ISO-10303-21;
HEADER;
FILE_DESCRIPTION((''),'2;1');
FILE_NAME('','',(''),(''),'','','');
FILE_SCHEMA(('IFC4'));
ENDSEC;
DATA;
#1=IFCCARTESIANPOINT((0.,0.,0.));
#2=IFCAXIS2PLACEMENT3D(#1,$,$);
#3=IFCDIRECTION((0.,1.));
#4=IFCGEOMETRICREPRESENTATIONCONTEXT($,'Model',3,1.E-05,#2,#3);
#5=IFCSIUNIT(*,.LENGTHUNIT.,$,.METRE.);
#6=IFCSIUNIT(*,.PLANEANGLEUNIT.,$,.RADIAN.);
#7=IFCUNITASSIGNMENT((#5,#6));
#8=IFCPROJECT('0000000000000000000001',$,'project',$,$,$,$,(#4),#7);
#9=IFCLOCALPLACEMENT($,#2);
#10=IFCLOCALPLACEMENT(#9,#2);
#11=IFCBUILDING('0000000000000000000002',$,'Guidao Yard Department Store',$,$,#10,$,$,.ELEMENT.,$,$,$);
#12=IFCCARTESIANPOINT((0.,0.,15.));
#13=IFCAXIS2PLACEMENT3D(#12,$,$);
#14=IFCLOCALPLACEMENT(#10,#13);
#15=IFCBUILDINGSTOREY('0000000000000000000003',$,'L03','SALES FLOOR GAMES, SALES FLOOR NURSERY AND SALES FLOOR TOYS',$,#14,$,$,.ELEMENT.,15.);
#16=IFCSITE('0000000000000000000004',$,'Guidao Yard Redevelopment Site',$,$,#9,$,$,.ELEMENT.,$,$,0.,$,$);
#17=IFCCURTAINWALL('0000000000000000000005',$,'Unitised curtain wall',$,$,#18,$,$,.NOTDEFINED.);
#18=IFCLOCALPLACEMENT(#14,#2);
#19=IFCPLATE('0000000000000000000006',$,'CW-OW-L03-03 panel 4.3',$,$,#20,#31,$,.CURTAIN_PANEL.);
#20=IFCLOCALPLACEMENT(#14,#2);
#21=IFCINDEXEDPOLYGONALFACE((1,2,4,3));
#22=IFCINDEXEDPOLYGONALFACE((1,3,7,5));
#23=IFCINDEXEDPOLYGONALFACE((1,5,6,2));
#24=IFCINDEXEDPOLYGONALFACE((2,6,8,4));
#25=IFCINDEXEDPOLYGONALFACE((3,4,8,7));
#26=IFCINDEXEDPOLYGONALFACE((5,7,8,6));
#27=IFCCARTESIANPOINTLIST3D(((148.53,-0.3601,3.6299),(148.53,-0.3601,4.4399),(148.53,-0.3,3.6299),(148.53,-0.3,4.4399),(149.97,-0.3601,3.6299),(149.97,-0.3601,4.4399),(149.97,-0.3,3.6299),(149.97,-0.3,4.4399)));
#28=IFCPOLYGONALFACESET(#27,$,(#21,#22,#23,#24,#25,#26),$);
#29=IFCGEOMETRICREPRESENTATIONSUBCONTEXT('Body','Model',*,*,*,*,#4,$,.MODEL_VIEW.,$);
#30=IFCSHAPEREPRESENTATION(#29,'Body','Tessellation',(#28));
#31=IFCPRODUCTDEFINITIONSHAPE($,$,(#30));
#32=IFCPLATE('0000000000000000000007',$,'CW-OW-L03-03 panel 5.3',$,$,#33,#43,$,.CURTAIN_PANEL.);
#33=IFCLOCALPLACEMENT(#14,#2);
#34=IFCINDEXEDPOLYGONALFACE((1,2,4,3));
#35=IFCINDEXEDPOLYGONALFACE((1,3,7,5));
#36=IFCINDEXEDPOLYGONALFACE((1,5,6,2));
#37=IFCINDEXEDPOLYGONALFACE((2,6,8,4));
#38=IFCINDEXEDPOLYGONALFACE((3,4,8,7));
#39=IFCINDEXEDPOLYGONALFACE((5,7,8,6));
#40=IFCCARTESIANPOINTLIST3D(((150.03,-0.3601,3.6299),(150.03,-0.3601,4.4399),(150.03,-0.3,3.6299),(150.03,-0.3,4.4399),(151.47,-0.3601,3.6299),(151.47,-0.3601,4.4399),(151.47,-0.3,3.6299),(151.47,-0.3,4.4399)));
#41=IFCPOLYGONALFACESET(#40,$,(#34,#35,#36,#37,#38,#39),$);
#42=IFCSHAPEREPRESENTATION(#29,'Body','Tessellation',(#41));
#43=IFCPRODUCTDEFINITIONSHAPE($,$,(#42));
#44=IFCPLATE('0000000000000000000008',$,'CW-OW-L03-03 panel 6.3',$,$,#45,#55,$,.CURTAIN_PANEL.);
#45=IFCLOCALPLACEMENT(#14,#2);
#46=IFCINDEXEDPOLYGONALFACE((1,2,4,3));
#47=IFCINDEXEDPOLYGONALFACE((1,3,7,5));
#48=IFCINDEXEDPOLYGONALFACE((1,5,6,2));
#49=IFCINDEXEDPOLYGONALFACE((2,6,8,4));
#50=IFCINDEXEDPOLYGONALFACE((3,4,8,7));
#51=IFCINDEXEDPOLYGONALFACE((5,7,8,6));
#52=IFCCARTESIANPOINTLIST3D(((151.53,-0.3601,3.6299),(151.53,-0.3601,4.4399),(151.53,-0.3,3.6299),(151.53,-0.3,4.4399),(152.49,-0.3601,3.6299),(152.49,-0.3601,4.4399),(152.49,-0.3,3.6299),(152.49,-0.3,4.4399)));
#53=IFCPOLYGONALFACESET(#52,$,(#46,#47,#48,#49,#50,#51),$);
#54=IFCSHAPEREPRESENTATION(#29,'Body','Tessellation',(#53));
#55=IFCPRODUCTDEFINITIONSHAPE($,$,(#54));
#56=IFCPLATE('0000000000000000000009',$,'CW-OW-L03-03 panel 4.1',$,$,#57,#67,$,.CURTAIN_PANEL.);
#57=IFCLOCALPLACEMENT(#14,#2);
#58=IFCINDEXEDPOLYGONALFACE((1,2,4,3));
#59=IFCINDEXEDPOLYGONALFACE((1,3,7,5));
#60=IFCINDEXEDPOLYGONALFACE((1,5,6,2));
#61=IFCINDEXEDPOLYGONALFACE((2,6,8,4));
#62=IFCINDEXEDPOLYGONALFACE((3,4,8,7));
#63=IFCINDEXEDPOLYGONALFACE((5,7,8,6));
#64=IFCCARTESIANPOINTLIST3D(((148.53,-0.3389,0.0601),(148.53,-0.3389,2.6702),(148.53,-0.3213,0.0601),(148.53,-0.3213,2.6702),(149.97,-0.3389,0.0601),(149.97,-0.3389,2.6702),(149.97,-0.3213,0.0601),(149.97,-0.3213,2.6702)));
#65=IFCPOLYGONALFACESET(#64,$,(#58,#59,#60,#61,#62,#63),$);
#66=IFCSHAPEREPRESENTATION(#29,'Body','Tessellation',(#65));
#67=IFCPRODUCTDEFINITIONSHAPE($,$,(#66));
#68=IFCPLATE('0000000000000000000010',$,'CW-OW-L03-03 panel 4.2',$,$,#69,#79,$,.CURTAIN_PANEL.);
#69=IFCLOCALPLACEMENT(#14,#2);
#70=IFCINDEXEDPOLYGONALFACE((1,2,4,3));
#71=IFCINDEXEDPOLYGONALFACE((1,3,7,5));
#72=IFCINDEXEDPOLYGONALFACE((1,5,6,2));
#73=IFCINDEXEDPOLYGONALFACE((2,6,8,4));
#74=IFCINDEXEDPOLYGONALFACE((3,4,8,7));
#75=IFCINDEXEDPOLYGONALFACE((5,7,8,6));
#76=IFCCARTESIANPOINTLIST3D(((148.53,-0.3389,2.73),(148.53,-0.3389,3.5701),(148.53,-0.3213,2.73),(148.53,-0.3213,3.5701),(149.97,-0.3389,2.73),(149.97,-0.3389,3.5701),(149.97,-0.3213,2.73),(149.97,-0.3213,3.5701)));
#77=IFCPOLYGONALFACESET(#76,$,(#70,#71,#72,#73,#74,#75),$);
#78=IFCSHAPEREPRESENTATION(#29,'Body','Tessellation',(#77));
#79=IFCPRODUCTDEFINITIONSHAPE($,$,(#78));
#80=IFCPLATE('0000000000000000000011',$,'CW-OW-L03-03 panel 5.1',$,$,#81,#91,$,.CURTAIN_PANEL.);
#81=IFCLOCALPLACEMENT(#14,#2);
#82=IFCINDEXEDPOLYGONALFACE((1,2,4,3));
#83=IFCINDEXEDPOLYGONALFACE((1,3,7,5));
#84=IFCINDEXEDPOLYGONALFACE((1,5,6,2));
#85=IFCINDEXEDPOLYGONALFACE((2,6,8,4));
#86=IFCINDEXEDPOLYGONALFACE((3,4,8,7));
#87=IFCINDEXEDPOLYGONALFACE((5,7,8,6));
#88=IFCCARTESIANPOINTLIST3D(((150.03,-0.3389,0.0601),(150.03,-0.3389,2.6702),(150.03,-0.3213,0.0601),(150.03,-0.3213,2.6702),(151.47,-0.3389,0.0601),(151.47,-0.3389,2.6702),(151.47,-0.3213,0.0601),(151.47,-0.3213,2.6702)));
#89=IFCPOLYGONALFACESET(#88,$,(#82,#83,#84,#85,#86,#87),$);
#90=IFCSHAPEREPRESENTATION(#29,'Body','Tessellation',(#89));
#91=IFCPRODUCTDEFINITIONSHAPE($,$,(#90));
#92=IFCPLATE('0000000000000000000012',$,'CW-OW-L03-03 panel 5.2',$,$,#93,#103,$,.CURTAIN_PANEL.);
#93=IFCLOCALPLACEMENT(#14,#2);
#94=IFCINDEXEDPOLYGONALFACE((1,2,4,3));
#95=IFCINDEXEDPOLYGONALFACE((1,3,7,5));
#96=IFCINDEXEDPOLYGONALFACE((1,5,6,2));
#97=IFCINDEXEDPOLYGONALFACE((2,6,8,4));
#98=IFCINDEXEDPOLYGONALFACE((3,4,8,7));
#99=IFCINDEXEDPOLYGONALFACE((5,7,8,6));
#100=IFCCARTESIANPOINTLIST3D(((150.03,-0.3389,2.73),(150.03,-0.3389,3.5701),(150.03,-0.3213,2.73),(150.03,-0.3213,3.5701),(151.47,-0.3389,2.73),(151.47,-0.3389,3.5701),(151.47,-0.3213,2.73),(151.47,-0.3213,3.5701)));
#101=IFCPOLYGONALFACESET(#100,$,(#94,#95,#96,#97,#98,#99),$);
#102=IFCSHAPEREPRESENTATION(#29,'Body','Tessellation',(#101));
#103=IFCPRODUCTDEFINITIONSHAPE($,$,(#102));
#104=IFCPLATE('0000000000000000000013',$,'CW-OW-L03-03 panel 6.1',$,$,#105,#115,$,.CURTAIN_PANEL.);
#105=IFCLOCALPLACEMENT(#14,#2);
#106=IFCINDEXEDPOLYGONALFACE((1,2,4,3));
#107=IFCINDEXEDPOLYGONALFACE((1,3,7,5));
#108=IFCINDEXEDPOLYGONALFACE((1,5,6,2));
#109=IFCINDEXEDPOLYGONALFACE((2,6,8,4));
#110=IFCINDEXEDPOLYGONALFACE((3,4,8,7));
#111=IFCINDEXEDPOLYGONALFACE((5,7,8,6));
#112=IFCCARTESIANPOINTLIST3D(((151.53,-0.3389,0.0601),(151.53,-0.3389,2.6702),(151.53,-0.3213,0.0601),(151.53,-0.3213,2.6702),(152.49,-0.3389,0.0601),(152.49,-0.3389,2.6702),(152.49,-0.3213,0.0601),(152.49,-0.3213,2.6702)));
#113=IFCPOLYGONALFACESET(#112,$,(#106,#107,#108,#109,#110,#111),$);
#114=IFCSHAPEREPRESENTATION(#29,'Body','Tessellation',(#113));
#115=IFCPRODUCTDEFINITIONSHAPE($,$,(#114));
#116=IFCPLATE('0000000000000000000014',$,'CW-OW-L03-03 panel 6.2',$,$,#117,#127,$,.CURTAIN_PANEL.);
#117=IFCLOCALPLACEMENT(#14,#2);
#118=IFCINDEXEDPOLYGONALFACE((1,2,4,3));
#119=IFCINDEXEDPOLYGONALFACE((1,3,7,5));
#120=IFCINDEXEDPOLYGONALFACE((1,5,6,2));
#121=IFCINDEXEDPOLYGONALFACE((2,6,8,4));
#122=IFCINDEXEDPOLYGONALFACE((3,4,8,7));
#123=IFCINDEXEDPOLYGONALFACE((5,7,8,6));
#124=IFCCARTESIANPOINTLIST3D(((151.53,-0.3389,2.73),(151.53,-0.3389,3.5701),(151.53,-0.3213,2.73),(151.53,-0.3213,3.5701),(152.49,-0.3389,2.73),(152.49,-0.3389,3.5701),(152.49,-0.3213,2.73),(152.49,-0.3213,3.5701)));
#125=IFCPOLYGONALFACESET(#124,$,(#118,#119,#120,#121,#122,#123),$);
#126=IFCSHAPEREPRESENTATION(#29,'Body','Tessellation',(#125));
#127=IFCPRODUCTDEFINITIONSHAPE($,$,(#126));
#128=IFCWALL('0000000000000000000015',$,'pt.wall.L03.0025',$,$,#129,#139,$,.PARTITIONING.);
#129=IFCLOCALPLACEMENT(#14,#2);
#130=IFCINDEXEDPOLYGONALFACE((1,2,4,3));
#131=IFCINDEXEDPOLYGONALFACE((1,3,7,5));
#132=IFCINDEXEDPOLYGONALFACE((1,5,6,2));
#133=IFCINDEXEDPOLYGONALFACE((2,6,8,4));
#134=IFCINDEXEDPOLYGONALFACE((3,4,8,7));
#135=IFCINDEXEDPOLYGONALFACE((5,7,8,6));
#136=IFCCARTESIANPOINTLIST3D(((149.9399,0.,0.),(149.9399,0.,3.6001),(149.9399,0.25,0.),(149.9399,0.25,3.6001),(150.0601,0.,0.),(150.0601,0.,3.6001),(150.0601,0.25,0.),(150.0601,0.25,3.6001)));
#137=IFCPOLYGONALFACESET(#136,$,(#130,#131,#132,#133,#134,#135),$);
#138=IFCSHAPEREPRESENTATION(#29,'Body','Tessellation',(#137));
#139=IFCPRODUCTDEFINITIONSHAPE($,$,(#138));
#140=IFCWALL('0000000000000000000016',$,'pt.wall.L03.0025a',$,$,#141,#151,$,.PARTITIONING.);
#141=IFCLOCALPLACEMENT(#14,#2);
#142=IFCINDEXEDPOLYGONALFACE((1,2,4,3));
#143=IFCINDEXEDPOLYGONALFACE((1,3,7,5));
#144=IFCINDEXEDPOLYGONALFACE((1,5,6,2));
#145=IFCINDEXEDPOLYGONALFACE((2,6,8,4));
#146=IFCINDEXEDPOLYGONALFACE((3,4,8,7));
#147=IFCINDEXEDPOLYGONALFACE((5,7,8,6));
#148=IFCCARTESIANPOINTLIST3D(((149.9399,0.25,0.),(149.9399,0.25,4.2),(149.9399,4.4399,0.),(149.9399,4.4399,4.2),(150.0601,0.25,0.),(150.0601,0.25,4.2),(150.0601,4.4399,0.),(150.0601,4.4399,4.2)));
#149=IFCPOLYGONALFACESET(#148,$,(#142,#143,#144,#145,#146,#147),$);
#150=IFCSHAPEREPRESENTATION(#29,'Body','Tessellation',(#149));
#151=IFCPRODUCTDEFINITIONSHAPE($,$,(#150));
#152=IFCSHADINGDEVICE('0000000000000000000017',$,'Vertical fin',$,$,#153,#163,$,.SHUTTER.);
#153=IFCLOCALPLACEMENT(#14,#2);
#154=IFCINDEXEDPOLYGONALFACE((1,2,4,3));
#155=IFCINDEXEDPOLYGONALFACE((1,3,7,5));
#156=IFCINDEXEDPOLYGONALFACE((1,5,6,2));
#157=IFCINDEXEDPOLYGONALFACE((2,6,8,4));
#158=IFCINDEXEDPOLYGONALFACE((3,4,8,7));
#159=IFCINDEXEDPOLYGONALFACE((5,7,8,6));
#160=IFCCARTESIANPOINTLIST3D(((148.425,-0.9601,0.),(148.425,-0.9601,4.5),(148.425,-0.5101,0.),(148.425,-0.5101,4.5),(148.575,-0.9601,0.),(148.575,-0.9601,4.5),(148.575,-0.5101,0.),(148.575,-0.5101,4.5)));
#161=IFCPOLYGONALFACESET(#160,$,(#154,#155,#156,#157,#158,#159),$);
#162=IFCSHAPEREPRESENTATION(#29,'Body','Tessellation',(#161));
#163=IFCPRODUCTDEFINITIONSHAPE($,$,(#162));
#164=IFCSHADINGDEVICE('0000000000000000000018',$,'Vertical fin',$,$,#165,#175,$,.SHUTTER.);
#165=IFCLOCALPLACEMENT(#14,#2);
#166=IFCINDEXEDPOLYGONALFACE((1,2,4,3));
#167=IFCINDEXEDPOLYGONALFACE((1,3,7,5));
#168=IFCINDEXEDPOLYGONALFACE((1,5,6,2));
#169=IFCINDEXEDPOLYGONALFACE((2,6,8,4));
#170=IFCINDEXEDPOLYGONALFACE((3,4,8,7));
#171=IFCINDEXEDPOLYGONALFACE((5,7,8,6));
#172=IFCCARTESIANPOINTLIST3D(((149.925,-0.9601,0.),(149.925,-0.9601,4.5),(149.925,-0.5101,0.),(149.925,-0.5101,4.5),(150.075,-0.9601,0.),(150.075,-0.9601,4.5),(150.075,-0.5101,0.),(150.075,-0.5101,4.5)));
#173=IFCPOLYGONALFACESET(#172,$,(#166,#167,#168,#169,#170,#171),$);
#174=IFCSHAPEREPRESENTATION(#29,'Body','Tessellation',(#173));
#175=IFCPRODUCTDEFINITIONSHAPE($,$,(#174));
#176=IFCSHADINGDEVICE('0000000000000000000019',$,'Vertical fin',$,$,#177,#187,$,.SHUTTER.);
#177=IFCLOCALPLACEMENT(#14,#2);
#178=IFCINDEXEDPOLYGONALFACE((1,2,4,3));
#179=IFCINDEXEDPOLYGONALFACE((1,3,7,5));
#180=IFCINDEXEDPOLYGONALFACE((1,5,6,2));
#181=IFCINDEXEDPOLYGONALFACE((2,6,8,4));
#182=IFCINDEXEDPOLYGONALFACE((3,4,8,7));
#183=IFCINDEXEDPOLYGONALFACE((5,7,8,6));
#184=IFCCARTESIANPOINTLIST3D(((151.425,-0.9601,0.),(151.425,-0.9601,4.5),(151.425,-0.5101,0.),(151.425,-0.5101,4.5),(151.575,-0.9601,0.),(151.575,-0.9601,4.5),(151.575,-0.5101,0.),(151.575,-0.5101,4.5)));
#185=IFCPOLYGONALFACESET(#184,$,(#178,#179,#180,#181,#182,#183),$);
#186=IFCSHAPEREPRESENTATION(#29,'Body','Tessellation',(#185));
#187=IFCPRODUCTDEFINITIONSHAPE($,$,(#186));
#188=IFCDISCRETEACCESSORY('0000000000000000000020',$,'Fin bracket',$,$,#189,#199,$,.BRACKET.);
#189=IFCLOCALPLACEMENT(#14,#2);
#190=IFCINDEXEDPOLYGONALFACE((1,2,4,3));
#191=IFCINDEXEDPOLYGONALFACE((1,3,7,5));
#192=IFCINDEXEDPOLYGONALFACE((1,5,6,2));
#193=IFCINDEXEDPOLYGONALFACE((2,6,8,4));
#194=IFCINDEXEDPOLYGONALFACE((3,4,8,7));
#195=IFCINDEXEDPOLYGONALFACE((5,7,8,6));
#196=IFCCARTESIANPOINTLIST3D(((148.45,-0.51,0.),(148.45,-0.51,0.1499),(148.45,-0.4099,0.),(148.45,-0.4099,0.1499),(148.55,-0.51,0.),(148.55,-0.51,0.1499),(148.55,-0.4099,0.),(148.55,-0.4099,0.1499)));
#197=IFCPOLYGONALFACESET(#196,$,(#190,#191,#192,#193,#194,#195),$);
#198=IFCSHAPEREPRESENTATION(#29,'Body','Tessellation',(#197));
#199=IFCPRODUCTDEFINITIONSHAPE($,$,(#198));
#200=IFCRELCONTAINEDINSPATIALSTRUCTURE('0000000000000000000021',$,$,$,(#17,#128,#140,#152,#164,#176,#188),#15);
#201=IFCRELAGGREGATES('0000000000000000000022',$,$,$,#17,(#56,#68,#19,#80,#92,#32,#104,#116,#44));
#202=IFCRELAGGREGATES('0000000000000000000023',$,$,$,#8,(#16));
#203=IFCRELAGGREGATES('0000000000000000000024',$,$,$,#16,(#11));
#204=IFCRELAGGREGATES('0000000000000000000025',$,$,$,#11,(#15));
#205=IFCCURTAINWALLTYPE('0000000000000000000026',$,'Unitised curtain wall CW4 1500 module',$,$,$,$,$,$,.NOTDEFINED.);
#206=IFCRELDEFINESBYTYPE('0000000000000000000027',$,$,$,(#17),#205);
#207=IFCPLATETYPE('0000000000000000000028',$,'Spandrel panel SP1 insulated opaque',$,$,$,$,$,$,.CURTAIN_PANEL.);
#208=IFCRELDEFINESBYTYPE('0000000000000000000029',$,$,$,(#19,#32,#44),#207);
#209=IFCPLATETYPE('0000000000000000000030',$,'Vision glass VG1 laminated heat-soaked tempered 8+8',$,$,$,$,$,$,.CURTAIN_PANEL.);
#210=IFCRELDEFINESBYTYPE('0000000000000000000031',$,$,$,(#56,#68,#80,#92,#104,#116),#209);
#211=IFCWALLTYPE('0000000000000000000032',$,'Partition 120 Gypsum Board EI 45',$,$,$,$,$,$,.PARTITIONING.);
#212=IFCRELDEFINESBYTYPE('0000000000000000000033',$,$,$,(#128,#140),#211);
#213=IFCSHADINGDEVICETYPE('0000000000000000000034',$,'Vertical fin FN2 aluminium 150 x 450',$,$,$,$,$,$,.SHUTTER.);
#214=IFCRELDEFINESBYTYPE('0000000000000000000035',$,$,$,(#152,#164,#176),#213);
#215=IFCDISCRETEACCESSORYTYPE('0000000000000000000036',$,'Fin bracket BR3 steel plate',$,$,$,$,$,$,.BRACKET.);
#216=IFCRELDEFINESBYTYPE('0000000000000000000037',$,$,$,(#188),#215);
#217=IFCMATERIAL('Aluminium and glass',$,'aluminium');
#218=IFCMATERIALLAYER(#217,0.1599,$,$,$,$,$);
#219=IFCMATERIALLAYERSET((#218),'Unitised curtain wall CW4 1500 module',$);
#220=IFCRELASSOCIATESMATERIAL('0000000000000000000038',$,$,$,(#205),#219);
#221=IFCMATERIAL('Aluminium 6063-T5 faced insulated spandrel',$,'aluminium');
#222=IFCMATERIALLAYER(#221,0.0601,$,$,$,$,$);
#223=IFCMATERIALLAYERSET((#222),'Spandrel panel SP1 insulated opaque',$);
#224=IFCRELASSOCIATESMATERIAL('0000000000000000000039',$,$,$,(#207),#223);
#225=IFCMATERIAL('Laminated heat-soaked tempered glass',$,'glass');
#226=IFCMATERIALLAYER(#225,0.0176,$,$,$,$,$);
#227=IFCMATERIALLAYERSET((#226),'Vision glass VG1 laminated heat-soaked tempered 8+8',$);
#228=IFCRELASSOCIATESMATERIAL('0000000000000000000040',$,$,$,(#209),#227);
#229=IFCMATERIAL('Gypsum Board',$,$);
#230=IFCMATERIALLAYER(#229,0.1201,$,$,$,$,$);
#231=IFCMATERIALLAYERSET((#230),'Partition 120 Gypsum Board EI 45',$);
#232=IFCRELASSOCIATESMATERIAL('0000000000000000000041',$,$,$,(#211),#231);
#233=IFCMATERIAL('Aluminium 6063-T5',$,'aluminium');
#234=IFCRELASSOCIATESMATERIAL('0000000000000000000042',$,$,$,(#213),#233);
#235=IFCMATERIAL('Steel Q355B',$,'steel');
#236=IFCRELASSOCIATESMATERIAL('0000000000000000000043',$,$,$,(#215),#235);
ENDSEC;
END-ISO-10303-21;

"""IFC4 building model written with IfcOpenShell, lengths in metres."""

from ifc_helpers import new_model, si_unit, direction, frame, frame_2d, origin, origin_2d, place, context, subcontext, project, spatial, rectangle, extrude, material, layer, layer_set, type_object, element, aggregate, save


model = new_model("IFC4")

# Units and contexts
model_context = context("Model", 3, precision=1e-05, world=origin(), true_north=direction((0.0, 1.0)))
body_context = subcontext(model_context, "Body", "Model", "MODEL_VIEW")
ifc_project = project(units=[si_unit("LENGTHUNIT", "METRE"), si_unit("PLANEANGLEUNIT", "RADIAN")], contexts=[model_context])

# Site, building, storey
site_placement = place(None, origin())
site = spatial("IfcSite", under=ifc_project, at=site_placement, Name="Guidao Yard Redevelopment Site", CompositionType="ELEMENT", RefElevation=0.0)
building_placement = place(site_placement, origin())
building = spatial("IfcBuilding", under=site, at=building_placement, Name="Guidao Yard Department Store", CompositionType="ELEMENT")
storey_placement = place(building_placement, frame((0.0, 0.0, 15.0)))
storey = spatial("IfcBuildingStorey", under=building, at=storey_placement, Name="L03", Description="SALES FLOOR GAMES, SALES FLOOR NURSERY AND SALES FLOOR TOYS", CompositionType="ELEMENT", Elevation=15.0)

# Curtain wall, plates
ifc_material_1 = material(Name="Aluminium and glass", Category="aluminium")
ifc_layer_1 = layer(ifc_material_1, 0.1599)
ifc_layer_set_1 = layer_set([ifc_layer_1], Name="Unitised curtain wall CW4 1500 module")
curtain_wall_type = type_object("IfcCurtainWallType", Name="Unitised curtain wall CW4 1500 module", PredefinedType="NOTDEFINED", material=ifc_layer_set_1)
curtain_wall_placement = place(storey_placement, origin())
curtain_wall = element("IfcCurtainWall", 1, at=curtain_wall_placement, inside=storey, type_object=curtain_wall_type, Name="Unitised curtain wall", PredefinedType="NOTDEFINED")
ifc_material_2 = material(Name="Aluminium 6063-T5 faced insulated spandrel", Category="aluminium")
ifc_layer_2 = layer(ifc_material_2, 0.0601)
ifc_layer_set_2 = layer_set([ifc_layer_2], Name="Spandrel panel SP1 insulated opaque")
plate_type_1 = type_object("IfcPlateType", Name="Spandrel panel SP1 insulated opaque", PredefinedType="CURTAIN_PANEL", material=ifc_layer_set_2)
plate_1_placement = place(storey_placement, frame((149.25, -0.3301, 3.6299), z_axis=(0.0, 0.0, 1.0), x_axis=(-1.0, 0.0, 0.0)))
plate_1 = element("IfcPlate", 2, at=plate_1_placement, type_object=plate_type_1, Name="CW-OW-L03-03 panel 4.3", PredefinedType="CURTAIN_PANEL", context=body_context, shape_type="SweptSolid", body=[
    extrude(rectangle(XDim=1.4399, YDim=0.0601, at=origin_2d()), origin(), (0.0, 0.0, 1.0), 0.8101),
])
plate_2_placement = place(storey_placement, frame((150.75, -0.3301, 3.6299), z_axis=(0.0, 0.0, 1.0), x_axis=(-1.0, 0.0, 0.0)))
plate_2 = element("IfcPlate", 3, at=plate_2_placement, type_object=plate_type_1, Name="CW-OW-L03-03 panel 5.3", PredefinedType="CURTAIN_PANEL", context=body_context, shape_type="SweptSolid", body=[
    extrude(rectangle(XDim=1.4399, YDim=0.0601, at=origin_2d()), origin(), (0.0, 0.0, 1.0), 0.8101),
])
plate_3_placement = place(storey_placement, frame((152.01, -0.3301, 3.6299), z_axis=(0.0, 0.0, 1.0), x_axis=(-1.0, 0.0, 0.0)))
plate_3 = element("IfcPlate", 4, at=plate_3_placement, type_object=plate_type_1, Name="CW-OW-L03-03 panel 6.3", PredefinedType="CURTAIN_PANEL", context=body_context, shape_type="SweptSolid", body=[
    extrude(rectangle(XDim=0.96, YDim=0.0601, at=origin_2d()), origin(), (0.0, 0.0, 1.0), 0.8101),
])
ifc_material_3 = material(Name="Laminated heat-soaked tempered glass", Category="glass")
ifc_layer_3 = layer(ifc_material_3, 0.0176)
ifc_layer_set_3 = layer_set([ifc_layer_3], Name="Vision glass VG1 laminated heat-soaked tempered 8+8")
plate_type_2 = type_object("IfcPlateType", Name="Vision glass VG1 laminated heat-soaked tempered 8+8", PredefinedType="CURTAIN_PANEL", material=ifc_layer_set_3)
plate_4_placement = place(storey_placement, frame((149.25, -0.3301, 0.0601), z_axis=(0.0, 0.0, 1.0), x_axis=(-1.0, 0.0, 0.0)))
plate_4 = element("IfcPlate", 5, at=plate_4_placement, type_object=plate_type_2, Name="CW-OW-L03-03 panel 4.1", PredefinedType="CURTAIN_PANEL", context=body_context, shape_type="SweptSolid", body=[
    extrude(rectangle(XDim=1.4399, YDim=0.0176, at=origin_2d()), origin(), (0.0, 0.0, 1.0), 2.6101),
])
plate_5_placement = place(storey_placement, frame((149.25, -0.3301, 2.73), z_axis=(0.0, 0.0, 1.0), x_axis=(-1.0, 0.0, 0.0)))
plate_5 = element("IfcPlate", 6, at=plate_5_placement, type_object=plate_type_2, Name="CW-OW-L03-03 panel 4.2", PredefinedType="CURTAIN_PANEL", context=body_context, shape_type="SweptSolid", body=[
    extrude(rectangle(XDim=1.4399, YDim=0.0176, at=origin_2d()), origin(), (0.0, 0.0, 1.0), 0.8401),
])
plate_6_placement = place(storey_placement, frame((150.75, -0.3301, 0.0601), z_axis=(0.0, 0.0, 1.0), x_axis=(-1.0, 0.0, 0.0)))
plate_6 = element("IfcPlate", 7, at=plate_6_placement, type_object=plate_type_2, Name="CW-OW-L03-03 panel 5.1", PredefinedType="CURTAIN_PANEL", context=body_context, shape_type="SweptSolid", body=[
    extrude(rectangle(XDim=1.4399, YDim=0.0176, at=origin_2d()), origin(), (0.0, 0.0, 1.0), 2.6101),
])
plate_7_placement = place(storey_placement, frame((150.75, -0.3301, 2.73), z_axis=(0.0, 0.0, 1.0), x_axis=(-1.0, 0.0, 0.0)))
plate_7 = element("IfcPlate", 8, at=plate_7_placement, type_object=plate_type_2, Name="CW-OW-L03-03 panel 5.2", PredefinedType="CURTAIN_PANEL", context=body_context, shape_type="SweptSolid", body=[
    extrude(rectangle(XDim=1.4399, YDim=0.0176, at=origin_2d()), origin(), (0.0, 0.0, 1.0), 0.8401),
])
plate_8_placement = place(storey_placement, frame((152.01, -0.3301, 0.0601), z_axis=(0.0, 0.0, 1.0), x_axis=(-1.0, 0.0, 0.0)))
plate_8 = element("IfcPlate", 9, at=plate_8_placement, type_object=plate_type_2, Name="CW-OW-L03-03 panel 6.1", PredefinedType="CURTAIN_PANEL", context=body_context, shape_type="SweptSolid", body=[
    extrude(rectangle(XDim=0.96, YDim=0.0176, at=origin_2d()), origin(), (0.0, 0.0, 1.0), 2.6101),
])
plate_9_placement = place(storey_placement, frame((152.01, -0.3301, 2.73), z_axis=(0.0, 0.0, 1.0), x_axis=(-1.0, 0.0, 0.0)))
plate_9 = element("IfcPlate", 10, at=plate_9_placement, type_object=plate_type_2, Name="CW-OW-L03-03 panel 6.2", PredefinedType="CURTAIN_PANEL", context=body_context, shape_type="SweptSolid", body=[
    extrude(rectangle(XDim=0.96, YDim=0.0176, at=origin_2d()), origin(), (0.0, 0.0, 1.0), 0.8401),
])
aggregate(curtain_wall, [plate_4, plate_5, plate_1, plate_6, plate_7, plate_2, plate_8, plate_9, plate_3])

# Walls
ifc_material_4 = material(Name="Gypsum Board")
ifc_layer_4 = layer(ifc_material_4, 0.1201)
ifc_layer_set_4 = layer_set([ifc_layer_4], Name="Partition 120 Gypsum Board EI 45")
wall_type = type_object("IfcWallType", Name="Partition 120 Gypsum Board EI 45", PredefinedType="PARTITIONING", material=ifc_layer_set_4)
wall_1_placement = place(storey_placement, frame((150.0, 0.0, 0.0), z_axis=(0.0, 0.0, 1.0), x_axis=(0.0, 1.0, 0.0)))
element("IfcWall", 11, at=wall_1_placement, inside=storey, type_object=wall_type, Name="pt.wall.L03.0025", PredefinedType="PARTITIONING", context=body_context, shape_type="SweptSolid", body=[
    extrude(rectangle(XDim=0.25, YDim=0.1201, at=frame_2d((0.125, 0.0))), origin(), (0.0, 0.0, 1.0), 3.6001),
])
wall_2_placement = place(storey_placement, frame((150.0, 0.25, 0.0), z_axis=(0.0, 0.0, 1.0), x_axis=(0.0, 1.0, 0.0)))
element("IfcWall", 12, at=wall_2_placement, inside=storey, type_object=wall_type, Name="pt.wall.L03.0025a", PredefinedType="PARTITIONING", context=body_context, shape_type="SweptSolid", body=[
    extrude(rectangle(XDim=4.1899, YDim=0.1201, at=frame_2d((2.095, 0.0))), origin(), (0.0, 0.0, 1.0), 4.2),
])

# Shading devices
ifc_material_5 = material(Name="Aluminium 6063-T5", Category="aluminium")
shading_device_type = type_object("IfcShadingDeviceType", Name="Vertical fin FN2 aluminium 150 x 450", PredefinedType="SHUTTER", material=ifc_material_5)
for number, where, z_axis, x_axis, name in (
    (13, (148.5, -0.7351, 0.0), (0.0, 0.0, 1.0), (-1.0, 0.0, 0.0), "Vertical fin"),
    (14, (150.0, -0.7351, 0.0), (0.0, 0.0, 1.0), (-1.0, 0.0, 0.0), "Vertical fin"),
    (15, (151.5, -0.7351, 0.0), (0.0, 0.0, 1.0), (-1.0, 0.0, 0.0), "Vertical fin"),
):
    element("IfcShadingDevice", number, at=place(storey_placement, frame(where, z_axis=z_axis, x_axis=x_axis)), inside=storey, type_object=shading_device_type, Name=name, PredefinedType="SHUTTER", context=body_context, shape_type="SweptSolid", body=[
        extrude(rectangle(XDim=0.1499, YDim=0.45, at=origin_2d()), origin(), (0.0, 0.0, 1.0), 4.5),
    ])

# Discrete accessory
ifc_material_6 = material(Name="Steel Q355B", Category="steel")
discrete_accessory_type = type_object("IfcDiscreteAccessoryType", Name="Fin bracket BR3 steel plate", PredefinedType="BRACKET", material=ifc_material_6)
for number, where, z_axis, x_axis, name in (
    (16, (148.5, -0.46, 0.0), (0.0, 0.0, 1.0), (-1.0, 0.0, 0.0), "Fin bracket"),
):
    element("IfcDiscreteAccessory", number, at=place(storey_placement, frame(where, z_axis=z_axis, x_axis=x_axis)), inside=storey, type_object=discrete_accessory_type, Name=name, PredefinedType="BRACKET", context=body_context, shape_type="SweptSolid", body=[
        extrude(rectangle(XDim=0.1001, YDim=0.1001, at=origin_2d()), origin(), (0.0, 0.0, 1.0), 0.1499),
    ])

save(model, "model.ifc")
